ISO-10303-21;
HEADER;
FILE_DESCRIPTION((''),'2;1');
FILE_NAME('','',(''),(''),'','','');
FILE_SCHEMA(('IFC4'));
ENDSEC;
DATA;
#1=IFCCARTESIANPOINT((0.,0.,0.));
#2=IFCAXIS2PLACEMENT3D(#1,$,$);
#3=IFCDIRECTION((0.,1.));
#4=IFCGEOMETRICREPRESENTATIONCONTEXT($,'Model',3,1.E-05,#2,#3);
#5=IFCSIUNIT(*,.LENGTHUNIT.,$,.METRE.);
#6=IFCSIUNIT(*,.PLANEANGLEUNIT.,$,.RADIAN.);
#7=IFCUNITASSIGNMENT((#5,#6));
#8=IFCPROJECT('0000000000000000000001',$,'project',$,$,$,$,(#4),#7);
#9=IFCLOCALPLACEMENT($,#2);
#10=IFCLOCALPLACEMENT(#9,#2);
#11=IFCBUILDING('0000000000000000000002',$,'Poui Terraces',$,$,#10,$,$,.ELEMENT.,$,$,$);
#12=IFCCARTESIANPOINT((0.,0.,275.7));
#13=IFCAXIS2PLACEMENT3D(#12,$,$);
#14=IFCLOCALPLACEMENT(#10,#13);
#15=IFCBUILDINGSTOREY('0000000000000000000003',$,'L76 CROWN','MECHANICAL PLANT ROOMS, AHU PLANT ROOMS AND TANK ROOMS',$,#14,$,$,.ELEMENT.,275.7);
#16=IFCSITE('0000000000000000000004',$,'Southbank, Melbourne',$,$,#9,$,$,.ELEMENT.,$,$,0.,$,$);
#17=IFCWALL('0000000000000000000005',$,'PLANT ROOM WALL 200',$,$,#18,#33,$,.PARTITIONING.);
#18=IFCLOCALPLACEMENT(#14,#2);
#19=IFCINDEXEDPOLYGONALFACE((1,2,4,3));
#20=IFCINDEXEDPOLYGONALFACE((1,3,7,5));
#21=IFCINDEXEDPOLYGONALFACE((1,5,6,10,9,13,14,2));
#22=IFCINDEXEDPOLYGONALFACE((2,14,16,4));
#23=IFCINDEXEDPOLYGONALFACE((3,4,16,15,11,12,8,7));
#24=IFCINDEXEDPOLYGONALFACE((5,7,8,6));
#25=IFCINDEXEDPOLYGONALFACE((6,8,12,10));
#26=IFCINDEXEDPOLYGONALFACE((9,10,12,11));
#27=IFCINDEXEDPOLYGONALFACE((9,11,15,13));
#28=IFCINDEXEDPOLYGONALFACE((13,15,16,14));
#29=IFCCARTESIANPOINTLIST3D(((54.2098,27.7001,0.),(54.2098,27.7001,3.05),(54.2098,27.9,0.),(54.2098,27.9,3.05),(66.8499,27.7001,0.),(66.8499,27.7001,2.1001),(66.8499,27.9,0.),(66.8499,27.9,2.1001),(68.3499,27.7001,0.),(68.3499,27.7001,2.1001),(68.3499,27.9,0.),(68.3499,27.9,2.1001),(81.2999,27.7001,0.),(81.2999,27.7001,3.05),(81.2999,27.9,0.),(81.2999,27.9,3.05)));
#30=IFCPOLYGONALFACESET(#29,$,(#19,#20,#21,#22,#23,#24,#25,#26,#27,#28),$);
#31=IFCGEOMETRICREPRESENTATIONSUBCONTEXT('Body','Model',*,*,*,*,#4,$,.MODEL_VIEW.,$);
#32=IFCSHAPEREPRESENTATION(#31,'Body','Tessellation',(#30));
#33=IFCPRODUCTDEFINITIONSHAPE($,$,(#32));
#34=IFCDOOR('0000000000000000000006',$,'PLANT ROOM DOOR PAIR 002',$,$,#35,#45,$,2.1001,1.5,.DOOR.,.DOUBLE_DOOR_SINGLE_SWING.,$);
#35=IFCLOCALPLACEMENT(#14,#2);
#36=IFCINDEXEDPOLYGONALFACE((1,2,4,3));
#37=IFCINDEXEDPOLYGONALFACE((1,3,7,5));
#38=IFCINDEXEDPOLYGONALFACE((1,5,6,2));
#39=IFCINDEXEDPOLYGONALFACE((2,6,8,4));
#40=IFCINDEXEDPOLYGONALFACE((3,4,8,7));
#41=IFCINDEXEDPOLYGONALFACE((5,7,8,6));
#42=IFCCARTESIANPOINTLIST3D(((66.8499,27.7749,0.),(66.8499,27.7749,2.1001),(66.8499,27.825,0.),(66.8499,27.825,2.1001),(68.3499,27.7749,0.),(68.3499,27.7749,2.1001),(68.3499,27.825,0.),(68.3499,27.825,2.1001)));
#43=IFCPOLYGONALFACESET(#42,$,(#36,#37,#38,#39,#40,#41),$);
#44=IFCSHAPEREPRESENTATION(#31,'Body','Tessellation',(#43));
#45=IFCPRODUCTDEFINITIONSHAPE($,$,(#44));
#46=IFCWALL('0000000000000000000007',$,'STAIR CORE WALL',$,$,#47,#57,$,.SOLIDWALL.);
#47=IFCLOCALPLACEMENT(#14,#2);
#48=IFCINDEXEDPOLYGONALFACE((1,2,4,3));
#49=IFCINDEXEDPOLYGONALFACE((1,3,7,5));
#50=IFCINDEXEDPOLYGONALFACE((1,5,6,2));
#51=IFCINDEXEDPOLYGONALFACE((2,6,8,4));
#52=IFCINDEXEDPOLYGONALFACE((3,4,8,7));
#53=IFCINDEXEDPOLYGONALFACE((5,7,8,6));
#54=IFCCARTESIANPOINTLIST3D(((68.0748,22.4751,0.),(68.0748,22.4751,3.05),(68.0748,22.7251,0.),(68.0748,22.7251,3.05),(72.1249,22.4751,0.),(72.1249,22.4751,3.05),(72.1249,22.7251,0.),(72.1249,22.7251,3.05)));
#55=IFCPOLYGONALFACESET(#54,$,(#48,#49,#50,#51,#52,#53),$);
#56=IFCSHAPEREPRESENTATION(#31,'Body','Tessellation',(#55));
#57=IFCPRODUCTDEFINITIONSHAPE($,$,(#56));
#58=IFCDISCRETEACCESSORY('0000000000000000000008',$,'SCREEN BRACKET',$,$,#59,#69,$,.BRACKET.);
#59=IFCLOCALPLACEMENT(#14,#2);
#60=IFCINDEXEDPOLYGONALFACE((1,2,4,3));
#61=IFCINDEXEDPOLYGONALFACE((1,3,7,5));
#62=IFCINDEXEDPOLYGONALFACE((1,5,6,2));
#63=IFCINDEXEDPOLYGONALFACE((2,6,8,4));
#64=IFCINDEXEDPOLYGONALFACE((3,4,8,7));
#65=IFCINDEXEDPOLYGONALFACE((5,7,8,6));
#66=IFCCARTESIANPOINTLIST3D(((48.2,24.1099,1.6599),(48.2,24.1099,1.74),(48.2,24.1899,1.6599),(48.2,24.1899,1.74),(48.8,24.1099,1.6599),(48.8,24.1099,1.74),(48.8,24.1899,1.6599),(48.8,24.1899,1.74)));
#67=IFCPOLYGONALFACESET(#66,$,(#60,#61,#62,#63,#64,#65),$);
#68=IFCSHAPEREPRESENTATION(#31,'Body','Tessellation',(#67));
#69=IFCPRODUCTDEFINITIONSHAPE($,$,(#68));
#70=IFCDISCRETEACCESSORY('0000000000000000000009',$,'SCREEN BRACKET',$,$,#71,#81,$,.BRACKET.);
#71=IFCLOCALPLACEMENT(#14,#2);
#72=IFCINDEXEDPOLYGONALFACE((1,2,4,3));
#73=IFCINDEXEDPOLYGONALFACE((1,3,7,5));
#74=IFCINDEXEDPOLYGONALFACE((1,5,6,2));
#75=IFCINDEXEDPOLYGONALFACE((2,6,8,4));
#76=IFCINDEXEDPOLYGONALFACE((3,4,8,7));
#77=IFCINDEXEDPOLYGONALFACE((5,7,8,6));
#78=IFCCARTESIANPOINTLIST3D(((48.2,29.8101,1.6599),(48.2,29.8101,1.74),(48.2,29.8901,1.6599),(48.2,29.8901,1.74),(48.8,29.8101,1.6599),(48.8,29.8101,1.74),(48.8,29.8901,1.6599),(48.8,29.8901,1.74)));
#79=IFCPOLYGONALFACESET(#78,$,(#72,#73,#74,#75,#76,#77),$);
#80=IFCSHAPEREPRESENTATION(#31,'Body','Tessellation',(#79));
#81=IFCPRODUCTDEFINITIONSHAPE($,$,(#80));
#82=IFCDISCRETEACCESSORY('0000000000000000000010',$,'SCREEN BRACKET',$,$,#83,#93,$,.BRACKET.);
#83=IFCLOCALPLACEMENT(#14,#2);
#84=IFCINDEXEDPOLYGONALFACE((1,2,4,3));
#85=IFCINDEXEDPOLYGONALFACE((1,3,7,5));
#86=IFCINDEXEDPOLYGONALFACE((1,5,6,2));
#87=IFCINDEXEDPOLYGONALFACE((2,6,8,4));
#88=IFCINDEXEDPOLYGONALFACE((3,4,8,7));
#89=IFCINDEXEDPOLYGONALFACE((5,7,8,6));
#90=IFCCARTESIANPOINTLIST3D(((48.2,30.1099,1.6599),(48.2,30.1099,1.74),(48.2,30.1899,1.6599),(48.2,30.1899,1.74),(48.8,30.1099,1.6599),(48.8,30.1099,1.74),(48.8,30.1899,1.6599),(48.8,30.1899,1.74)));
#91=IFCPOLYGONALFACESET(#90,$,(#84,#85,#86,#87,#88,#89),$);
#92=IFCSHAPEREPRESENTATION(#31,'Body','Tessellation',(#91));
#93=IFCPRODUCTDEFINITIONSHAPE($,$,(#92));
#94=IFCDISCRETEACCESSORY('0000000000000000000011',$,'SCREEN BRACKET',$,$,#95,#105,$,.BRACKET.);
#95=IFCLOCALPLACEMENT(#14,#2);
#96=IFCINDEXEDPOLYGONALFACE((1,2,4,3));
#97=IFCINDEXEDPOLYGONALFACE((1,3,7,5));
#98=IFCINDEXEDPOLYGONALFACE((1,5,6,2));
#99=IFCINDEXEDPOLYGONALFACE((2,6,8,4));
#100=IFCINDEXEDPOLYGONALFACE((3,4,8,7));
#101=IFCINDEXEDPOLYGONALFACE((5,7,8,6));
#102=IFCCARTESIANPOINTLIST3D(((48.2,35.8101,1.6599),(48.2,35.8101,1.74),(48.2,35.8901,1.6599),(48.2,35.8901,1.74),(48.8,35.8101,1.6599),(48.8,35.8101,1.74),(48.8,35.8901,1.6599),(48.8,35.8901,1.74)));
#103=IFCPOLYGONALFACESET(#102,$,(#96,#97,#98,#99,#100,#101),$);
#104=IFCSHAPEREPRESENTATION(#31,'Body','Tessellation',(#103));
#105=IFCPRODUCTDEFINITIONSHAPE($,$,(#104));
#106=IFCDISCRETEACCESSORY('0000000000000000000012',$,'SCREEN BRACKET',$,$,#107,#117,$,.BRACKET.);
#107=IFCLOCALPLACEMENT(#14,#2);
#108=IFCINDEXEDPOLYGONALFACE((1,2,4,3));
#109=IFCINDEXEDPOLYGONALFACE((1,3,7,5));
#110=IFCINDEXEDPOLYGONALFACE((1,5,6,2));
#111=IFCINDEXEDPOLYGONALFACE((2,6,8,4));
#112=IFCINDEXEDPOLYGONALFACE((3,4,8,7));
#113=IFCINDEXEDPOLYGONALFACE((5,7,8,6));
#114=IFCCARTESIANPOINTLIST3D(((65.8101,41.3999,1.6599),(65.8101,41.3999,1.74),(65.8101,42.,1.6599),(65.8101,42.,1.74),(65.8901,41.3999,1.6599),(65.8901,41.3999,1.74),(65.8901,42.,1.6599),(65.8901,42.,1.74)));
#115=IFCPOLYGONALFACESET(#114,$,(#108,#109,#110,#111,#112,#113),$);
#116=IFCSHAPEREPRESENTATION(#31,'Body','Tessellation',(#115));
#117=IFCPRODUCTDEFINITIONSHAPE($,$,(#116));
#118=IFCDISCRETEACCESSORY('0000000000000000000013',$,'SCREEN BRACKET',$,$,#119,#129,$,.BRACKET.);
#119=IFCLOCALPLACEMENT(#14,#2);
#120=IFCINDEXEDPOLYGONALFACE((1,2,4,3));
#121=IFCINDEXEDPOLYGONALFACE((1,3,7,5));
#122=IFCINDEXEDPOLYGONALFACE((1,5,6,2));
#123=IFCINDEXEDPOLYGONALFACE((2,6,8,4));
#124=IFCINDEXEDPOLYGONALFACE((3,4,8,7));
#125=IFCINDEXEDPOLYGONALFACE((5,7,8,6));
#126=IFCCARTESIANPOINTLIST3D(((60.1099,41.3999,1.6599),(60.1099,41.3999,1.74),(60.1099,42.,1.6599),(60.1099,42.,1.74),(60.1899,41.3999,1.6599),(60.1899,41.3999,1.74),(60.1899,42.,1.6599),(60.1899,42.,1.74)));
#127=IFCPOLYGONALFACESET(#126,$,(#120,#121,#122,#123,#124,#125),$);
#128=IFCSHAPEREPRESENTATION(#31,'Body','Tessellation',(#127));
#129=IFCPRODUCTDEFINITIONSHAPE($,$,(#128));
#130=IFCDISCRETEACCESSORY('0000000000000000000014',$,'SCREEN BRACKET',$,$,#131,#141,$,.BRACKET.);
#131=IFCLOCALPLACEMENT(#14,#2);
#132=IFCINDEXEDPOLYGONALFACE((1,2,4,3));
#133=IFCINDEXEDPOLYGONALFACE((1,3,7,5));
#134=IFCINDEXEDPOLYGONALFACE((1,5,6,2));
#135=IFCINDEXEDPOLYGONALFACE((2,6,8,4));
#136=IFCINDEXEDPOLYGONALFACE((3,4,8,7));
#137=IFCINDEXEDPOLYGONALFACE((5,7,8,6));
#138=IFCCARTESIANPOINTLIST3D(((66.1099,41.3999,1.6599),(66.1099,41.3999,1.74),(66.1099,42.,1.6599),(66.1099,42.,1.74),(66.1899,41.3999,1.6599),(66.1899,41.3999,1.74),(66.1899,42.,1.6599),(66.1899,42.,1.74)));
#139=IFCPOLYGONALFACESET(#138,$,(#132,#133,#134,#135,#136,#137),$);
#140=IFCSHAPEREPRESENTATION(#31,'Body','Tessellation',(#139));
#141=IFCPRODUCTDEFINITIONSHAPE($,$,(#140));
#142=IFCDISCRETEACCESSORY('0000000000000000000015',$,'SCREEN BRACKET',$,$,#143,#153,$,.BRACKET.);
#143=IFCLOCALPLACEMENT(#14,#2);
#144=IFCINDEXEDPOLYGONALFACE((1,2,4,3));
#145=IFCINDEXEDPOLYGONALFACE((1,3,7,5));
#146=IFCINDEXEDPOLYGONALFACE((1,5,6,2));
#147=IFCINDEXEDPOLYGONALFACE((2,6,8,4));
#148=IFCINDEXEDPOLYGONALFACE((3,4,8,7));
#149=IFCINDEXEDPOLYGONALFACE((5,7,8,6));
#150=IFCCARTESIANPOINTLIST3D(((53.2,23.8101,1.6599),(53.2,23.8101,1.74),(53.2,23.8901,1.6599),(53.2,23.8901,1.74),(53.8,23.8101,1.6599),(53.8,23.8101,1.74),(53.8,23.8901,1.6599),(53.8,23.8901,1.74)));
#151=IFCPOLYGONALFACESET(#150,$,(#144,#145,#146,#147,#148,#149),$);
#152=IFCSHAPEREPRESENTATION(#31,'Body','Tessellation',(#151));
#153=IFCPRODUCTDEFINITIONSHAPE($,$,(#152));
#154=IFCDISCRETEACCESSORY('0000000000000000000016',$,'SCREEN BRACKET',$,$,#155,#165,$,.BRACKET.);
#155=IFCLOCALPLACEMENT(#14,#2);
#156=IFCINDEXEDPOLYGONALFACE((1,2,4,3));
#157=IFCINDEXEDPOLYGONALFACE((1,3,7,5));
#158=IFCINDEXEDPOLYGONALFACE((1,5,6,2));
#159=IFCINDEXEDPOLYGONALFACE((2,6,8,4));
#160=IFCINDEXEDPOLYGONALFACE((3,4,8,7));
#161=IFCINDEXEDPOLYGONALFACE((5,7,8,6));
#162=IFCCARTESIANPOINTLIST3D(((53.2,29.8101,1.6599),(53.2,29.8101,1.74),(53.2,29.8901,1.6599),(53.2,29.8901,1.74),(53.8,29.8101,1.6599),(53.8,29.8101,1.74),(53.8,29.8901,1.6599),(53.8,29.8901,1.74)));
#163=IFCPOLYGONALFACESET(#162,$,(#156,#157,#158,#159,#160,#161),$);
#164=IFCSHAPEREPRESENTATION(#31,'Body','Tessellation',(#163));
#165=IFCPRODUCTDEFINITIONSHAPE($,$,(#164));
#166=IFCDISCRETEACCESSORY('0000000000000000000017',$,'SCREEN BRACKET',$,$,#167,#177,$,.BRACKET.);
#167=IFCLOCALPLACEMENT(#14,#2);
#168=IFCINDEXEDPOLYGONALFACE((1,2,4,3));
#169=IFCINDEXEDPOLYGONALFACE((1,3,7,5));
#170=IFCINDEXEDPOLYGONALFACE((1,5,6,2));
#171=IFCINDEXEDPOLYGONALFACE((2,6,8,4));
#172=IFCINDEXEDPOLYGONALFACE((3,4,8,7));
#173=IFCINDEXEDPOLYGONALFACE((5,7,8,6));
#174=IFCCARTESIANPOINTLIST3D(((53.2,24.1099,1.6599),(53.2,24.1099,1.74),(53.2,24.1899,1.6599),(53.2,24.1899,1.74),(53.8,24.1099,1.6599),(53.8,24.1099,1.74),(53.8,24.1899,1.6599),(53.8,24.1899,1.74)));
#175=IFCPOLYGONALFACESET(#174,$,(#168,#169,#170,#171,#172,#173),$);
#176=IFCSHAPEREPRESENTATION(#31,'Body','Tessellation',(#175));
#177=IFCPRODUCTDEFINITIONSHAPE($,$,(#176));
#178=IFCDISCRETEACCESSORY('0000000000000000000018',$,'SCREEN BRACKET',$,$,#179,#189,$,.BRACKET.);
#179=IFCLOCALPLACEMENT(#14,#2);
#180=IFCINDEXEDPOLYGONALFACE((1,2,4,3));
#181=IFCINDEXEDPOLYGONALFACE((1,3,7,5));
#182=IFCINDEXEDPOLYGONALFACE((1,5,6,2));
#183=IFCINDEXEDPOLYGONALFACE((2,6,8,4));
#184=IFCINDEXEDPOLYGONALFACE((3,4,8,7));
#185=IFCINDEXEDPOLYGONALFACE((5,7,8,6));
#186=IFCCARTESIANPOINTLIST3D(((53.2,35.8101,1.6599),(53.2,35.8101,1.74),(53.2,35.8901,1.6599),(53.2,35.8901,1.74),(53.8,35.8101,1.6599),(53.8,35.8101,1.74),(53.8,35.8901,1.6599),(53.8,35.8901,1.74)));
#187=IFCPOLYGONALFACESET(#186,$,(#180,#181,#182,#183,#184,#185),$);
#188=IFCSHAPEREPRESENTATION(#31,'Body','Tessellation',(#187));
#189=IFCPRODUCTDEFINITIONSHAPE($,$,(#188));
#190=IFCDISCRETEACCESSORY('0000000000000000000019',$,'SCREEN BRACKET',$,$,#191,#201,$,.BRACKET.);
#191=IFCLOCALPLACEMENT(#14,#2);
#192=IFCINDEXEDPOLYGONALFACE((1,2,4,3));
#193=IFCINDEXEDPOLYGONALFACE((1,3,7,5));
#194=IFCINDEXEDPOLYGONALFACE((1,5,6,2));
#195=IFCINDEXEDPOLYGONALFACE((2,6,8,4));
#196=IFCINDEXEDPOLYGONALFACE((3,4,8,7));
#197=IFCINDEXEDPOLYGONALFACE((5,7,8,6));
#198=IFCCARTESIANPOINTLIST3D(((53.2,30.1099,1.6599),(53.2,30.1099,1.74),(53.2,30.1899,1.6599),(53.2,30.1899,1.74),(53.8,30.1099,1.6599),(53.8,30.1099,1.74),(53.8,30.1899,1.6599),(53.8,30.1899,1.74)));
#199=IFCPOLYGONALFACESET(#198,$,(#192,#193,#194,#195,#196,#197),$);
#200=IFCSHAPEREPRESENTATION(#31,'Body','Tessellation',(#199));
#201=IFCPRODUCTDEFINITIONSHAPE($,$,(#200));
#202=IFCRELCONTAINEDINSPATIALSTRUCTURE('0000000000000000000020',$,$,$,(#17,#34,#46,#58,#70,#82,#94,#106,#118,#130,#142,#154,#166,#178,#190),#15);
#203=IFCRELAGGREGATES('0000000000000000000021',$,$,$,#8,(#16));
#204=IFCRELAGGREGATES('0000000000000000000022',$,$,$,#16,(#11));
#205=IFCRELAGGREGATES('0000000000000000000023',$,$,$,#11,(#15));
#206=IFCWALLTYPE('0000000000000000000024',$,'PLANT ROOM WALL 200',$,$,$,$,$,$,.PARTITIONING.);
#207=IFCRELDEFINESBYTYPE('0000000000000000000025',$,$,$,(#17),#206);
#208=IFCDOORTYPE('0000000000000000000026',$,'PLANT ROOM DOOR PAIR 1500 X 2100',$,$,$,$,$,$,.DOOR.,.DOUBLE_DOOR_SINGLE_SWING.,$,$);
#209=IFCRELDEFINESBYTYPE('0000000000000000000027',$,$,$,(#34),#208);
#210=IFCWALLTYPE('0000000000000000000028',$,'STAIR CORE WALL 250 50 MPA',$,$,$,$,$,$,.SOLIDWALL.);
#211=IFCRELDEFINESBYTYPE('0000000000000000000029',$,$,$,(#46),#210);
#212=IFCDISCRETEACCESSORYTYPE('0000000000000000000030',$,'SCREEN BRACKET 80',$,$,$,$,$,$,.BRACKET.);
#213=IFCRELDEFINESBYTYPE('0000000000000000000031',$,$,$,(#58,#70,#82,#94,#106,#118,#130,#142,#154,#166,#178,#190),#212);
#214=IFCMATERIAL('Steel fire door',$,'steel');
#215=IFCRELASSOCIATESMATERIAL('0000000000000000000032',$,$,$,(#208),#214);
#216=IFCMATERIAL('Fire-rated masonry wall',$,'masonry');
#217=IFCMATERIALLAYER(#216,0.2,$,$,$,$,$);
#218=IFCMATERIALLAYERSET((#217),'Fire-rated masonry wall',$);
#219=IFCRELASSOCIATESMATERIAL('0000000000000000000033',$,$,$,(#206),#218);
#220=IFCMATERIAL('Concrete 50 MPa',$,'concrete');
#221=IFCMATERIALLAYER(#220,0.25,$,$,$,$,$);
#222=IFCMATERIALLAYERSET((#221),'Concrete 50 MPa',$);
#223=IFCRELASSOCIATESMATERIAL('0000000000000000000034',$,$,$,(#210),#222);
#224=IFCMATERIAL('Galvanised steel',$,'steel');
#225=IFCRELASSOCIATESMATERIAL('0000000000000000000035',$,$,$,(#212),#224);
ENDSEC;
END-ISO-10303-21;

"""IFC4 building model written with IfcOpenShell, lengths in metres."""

from ifc_helpers import new_model, si_unit, direction, frame, frame_2d, origin, origin_2d, place, context, subcontext, project, spatial, rectangle, extrude, source, transform, mapped, material, layer, layer_set, material_profile, profile_set, type_object, element, fill, save


model = new_model("IFC4")

# Units and contexts
model_context = context("Model", 3, precision=1e-05, world=origin(), true_north=direction((0.0, 1.0)))
body_context = subcontext(model_context, "Body", "Model", "MODEL_VIEW")
ifc_project = project(units=[si_unit("LENGTHUNIT", "METRE"), si_unit("PLANEANGLEUNIT", "RADIAN")], contexts=[model_context])

# Site, building, storey
site_placement = place(None, origin())
site = spatial("IfcSite", under=ifc_project, at=site_placement, Name="Southbank, Melbourne", CompositionType="ELEMENT", RefElevation=0.0)
building_placement = place(site_placement, origin())
building = spatial("IfcBuilding", under=site, at=building_placement, Name="Poui Terraces", CompositionType="ELEMENT")
storey_placement = place(building_placement, frame((0.0, 0.0, 275.7)))
storey = spatial("IfcBuildingStorey", under=building, at=storey_placement, Name="L76 CROWN", Description="MECHANICAL PLANT ROOMS, AHU PLANT ROOMS AND TANK ROOMS", CompositionType="ELEMENT", Elevation=275.7)

# Shared definitions
ifc_material_1 = material(Name="Concrete 50 MPa", Category="concrete")

# Shared definitions
ifc_material_2 = material(Name="Steel fire door", Category="steel")
door_type = type_object("IfcDoorType", Name="PLANT ROOM DOOR PAIR 1500 X 2100", OperationType="DOUBLE_DOOR_SINGLE_SWING", PredefinedType="DOOR", material=ifc_material_2)

# Shared definitions
ifc_material_3 = material(Name="Fire-rated masonry wall", Category="masonry")
ifc_layer_1 = layer(ifc_material_3, 0.2)
ifc_layer_set_1 = layer_set([ifc_layer_1], Name="Fire-rated masonry wall")
wall_type_1 = type_object("IfcWallType", Name="PLANT ROOM WALL 200", PredefinedType="PARTITIONING", material=ifc_layer_set_1)

# Wall, opening, door
wall_1_placement = place(storey_placement, frame((54.21, 27.8, 0.0), z_axis=(0.0, 0.0, 1.0), x_axis=(1.0, 0.0, 0.0)))
wall_1 = element("IfcWall", 1, at=wall_1_placement, inside=storey, type_object=wall_type_1, Name="PLANT ROOM WALL 200", PredefinedType="PARTITIONING", context=body_context, shape_type="SweptSolid", body=[
    extrude(rectangle(XDim=27.0901, YDim=0.2, at=frame_2d((13.5449, 0.0))), origin(), (0.0, 0.0, 1.0), 3.05),
])
opening_1_placement = place(wall_1_placement, frame((12.6399, 0.0, 0.0)))
opening_1 = element("IfcOpeningElement", 2, at=opening_1_placement, cuts=wall_1, PredefinedType="OPENING", context=body_context, shape_type="SweptSolid", body=[
    extrude(rectangle(XDim=1.5, YDim=2.1001, at=frame_2d((0.75, 1.05))), frame((0.0, 0.1099, 0.0), z_axis=(0.0, -1.0, 0.0), x_axis=(1.0, 0.0, 0.0)), (0.0, 0.0, 1.0), 0.22),
])
door_1_placement = place(opening_1_placement, origin())
door_1 = element("IfcDoor", 3, at=door_1_placement, inside=storey, type_object=door_type, Name="PLANT ROOM DOOR PAIR 002", OperationType="DOUBLE_DOOR_SINGLE_SWING", OverallHeight=2.1001, OverallWidth=1.5, PredefinedType="DOOR", context=body_context, shape_type="SweptSolid", body=[
    extrude(rectangle(XDim=1.5, YDim=2.1001, at=frame_2d((0.75, 1.05))), frame((0.0, 0.0249, 0.0), z_axis=(0.0, -1.0, 0.0), x_axis=(1.0, 0.0, 0.0)), (0.0, 0.0, 1.0), 0.05),
])
fill(opening_1, door_1)

# Wall
ifc_layer_2 = layer(ifc_material_1, 0.25)
ifc_layer_set_2 = layer_set([ifc_layer_2], Name="Concrete 50 MPa")
wall_type_2 = type_object("IfcWallType", Name="STAIR CORE WALL 250 50 MPA", PredefinedType="SOLIDWALL", material=ifc_layer_set_2)
wall_2_placement = place(storey_placement, frame((68.075, 22.6001, 0.0), z_axis=(0.0, 0.0, 1.0), x_axis=(1.0, 0.0, 0.0)))
element("IfcWall", 4, at=wall_2_placement, inside=storey, type_object=wall_type_2, Name="STAIR CORE WALL", PredefinedType="SOLIDWALL", context=body_context, shape_type="SweptSolid", body=[
    extrude(rectangle(XDim=4.05, YDim=0.25, at=frame_2d((2.0249, 0.0))), origin(), (0.0, 0.0, 1.0), 3.05),
])

# Discrete accessories
ifc_material_4 = material(Name="Galvanised steel", Category="steel")
ifc_material_profile_1 = material_profile(ifc_material_4, rectangle(XDim=0.0801, YDim=0.0801, at=origin_2d()), Name="SCREEN BRACKET 80")
ifc_profile_set_1 = profile_set([ifc_material_profile_1], Name="Galvanised steel")
discrete_accessory_type = type_object("IfcDiscreteAccessoryType", Name="SCREEN BRACKET 80", PredefinedType="BRACKET", material=ifc_profile_set_1)
shared_shape_1 = source(origin(), body_context, "Body", "SweptSolid", [
    extrude(rectangle(XDim=0.0801, YDim=0.0801, at=origin_2d()), origin(), (0.0, 0.0, 1.0), 0.6001),
])
for number, where, z_axis, x_axis, name in (
    (5, (48.2, 24.1499, 1.7), (1.0, 0.0, 0.0), (0.0, 1.0, 0.0), "SCREEN BRACKET"),
    (6, (48.2, 29.8501, 1.7), (1.0, 0.0, 0.0), (0.0, 1.0, 0.0), "SCREEN BRACKET"),
    (7, (48.2, 30.1499, 1.7), (1.0, 0.0, 0.0), (0.0, 1.0, 0.0), "SCREEN BRACKET"),
    (8, (48.2, 35.8501, 1.7), (1.0, 0.0, 0.0), (0.0, 1.0, 0.0), "SCREEN BRACKET"),
    (9, (65.8501, 41.3999, 1.7), (0.0, 1.0, 0.0), (-1.0, 0.0, 0.0), "SCREEN BRACKET"),
    (10, (60.1499, 41.3999, 1.7), (0.0, 1.0, 0.0), (-1.0, 0.0, 0.0), "SCREEN BRACKET"),
    (11, (66.1499, 41.3999, 1.7), (0.0, 1.0, 0.0), (-1.0, 0.0, 0.0), "SCREEN BRACKET"),
    (12, (53.8, 23.8501, 1.7), (-1.0, 0.0, 0.0), (0.0, -1.0, 0.0), "SCREEN BRACKET"),
    (13, (53.8, 29.8501, 1.7), (-1.0, 0.0, 0.0), (0.0, -1.0, 0.0), "SCREEN BRACKET"),
    (14, (53.8, 24.1499, 1.7), (-1.0, 0.0, 0.0), (0.0, -1.0, 0.0), "SCREEN BRACKET"),
    (15, (53.8, 35.8501, 1.7), (-1.0, 0.0, 0.0), (0.0, -1.0, 0.0), "SCREEN BRACKET"),
    (16, (53.8, 30.1499, 1.7), (-1.0, 0.0, 0.0), (0.0, -1.0, 0.0), "SCREEN BRACKET"),
):
    element("IfcDiscreteAccessory", number, at=place(storey_placement, frame(where, z_axis=z_axis, x_axis=x_axis)), inside=storey, type_object=discrete_accessory_type, Name=name, PredefinedType="BRACKET", context=body_context, shape_type="MappedRepresentation", body=[
        mapped(shared_shape_1, transform((0.0, 0.0, 0.0))),
    ])

save(model, "model.ifc")
